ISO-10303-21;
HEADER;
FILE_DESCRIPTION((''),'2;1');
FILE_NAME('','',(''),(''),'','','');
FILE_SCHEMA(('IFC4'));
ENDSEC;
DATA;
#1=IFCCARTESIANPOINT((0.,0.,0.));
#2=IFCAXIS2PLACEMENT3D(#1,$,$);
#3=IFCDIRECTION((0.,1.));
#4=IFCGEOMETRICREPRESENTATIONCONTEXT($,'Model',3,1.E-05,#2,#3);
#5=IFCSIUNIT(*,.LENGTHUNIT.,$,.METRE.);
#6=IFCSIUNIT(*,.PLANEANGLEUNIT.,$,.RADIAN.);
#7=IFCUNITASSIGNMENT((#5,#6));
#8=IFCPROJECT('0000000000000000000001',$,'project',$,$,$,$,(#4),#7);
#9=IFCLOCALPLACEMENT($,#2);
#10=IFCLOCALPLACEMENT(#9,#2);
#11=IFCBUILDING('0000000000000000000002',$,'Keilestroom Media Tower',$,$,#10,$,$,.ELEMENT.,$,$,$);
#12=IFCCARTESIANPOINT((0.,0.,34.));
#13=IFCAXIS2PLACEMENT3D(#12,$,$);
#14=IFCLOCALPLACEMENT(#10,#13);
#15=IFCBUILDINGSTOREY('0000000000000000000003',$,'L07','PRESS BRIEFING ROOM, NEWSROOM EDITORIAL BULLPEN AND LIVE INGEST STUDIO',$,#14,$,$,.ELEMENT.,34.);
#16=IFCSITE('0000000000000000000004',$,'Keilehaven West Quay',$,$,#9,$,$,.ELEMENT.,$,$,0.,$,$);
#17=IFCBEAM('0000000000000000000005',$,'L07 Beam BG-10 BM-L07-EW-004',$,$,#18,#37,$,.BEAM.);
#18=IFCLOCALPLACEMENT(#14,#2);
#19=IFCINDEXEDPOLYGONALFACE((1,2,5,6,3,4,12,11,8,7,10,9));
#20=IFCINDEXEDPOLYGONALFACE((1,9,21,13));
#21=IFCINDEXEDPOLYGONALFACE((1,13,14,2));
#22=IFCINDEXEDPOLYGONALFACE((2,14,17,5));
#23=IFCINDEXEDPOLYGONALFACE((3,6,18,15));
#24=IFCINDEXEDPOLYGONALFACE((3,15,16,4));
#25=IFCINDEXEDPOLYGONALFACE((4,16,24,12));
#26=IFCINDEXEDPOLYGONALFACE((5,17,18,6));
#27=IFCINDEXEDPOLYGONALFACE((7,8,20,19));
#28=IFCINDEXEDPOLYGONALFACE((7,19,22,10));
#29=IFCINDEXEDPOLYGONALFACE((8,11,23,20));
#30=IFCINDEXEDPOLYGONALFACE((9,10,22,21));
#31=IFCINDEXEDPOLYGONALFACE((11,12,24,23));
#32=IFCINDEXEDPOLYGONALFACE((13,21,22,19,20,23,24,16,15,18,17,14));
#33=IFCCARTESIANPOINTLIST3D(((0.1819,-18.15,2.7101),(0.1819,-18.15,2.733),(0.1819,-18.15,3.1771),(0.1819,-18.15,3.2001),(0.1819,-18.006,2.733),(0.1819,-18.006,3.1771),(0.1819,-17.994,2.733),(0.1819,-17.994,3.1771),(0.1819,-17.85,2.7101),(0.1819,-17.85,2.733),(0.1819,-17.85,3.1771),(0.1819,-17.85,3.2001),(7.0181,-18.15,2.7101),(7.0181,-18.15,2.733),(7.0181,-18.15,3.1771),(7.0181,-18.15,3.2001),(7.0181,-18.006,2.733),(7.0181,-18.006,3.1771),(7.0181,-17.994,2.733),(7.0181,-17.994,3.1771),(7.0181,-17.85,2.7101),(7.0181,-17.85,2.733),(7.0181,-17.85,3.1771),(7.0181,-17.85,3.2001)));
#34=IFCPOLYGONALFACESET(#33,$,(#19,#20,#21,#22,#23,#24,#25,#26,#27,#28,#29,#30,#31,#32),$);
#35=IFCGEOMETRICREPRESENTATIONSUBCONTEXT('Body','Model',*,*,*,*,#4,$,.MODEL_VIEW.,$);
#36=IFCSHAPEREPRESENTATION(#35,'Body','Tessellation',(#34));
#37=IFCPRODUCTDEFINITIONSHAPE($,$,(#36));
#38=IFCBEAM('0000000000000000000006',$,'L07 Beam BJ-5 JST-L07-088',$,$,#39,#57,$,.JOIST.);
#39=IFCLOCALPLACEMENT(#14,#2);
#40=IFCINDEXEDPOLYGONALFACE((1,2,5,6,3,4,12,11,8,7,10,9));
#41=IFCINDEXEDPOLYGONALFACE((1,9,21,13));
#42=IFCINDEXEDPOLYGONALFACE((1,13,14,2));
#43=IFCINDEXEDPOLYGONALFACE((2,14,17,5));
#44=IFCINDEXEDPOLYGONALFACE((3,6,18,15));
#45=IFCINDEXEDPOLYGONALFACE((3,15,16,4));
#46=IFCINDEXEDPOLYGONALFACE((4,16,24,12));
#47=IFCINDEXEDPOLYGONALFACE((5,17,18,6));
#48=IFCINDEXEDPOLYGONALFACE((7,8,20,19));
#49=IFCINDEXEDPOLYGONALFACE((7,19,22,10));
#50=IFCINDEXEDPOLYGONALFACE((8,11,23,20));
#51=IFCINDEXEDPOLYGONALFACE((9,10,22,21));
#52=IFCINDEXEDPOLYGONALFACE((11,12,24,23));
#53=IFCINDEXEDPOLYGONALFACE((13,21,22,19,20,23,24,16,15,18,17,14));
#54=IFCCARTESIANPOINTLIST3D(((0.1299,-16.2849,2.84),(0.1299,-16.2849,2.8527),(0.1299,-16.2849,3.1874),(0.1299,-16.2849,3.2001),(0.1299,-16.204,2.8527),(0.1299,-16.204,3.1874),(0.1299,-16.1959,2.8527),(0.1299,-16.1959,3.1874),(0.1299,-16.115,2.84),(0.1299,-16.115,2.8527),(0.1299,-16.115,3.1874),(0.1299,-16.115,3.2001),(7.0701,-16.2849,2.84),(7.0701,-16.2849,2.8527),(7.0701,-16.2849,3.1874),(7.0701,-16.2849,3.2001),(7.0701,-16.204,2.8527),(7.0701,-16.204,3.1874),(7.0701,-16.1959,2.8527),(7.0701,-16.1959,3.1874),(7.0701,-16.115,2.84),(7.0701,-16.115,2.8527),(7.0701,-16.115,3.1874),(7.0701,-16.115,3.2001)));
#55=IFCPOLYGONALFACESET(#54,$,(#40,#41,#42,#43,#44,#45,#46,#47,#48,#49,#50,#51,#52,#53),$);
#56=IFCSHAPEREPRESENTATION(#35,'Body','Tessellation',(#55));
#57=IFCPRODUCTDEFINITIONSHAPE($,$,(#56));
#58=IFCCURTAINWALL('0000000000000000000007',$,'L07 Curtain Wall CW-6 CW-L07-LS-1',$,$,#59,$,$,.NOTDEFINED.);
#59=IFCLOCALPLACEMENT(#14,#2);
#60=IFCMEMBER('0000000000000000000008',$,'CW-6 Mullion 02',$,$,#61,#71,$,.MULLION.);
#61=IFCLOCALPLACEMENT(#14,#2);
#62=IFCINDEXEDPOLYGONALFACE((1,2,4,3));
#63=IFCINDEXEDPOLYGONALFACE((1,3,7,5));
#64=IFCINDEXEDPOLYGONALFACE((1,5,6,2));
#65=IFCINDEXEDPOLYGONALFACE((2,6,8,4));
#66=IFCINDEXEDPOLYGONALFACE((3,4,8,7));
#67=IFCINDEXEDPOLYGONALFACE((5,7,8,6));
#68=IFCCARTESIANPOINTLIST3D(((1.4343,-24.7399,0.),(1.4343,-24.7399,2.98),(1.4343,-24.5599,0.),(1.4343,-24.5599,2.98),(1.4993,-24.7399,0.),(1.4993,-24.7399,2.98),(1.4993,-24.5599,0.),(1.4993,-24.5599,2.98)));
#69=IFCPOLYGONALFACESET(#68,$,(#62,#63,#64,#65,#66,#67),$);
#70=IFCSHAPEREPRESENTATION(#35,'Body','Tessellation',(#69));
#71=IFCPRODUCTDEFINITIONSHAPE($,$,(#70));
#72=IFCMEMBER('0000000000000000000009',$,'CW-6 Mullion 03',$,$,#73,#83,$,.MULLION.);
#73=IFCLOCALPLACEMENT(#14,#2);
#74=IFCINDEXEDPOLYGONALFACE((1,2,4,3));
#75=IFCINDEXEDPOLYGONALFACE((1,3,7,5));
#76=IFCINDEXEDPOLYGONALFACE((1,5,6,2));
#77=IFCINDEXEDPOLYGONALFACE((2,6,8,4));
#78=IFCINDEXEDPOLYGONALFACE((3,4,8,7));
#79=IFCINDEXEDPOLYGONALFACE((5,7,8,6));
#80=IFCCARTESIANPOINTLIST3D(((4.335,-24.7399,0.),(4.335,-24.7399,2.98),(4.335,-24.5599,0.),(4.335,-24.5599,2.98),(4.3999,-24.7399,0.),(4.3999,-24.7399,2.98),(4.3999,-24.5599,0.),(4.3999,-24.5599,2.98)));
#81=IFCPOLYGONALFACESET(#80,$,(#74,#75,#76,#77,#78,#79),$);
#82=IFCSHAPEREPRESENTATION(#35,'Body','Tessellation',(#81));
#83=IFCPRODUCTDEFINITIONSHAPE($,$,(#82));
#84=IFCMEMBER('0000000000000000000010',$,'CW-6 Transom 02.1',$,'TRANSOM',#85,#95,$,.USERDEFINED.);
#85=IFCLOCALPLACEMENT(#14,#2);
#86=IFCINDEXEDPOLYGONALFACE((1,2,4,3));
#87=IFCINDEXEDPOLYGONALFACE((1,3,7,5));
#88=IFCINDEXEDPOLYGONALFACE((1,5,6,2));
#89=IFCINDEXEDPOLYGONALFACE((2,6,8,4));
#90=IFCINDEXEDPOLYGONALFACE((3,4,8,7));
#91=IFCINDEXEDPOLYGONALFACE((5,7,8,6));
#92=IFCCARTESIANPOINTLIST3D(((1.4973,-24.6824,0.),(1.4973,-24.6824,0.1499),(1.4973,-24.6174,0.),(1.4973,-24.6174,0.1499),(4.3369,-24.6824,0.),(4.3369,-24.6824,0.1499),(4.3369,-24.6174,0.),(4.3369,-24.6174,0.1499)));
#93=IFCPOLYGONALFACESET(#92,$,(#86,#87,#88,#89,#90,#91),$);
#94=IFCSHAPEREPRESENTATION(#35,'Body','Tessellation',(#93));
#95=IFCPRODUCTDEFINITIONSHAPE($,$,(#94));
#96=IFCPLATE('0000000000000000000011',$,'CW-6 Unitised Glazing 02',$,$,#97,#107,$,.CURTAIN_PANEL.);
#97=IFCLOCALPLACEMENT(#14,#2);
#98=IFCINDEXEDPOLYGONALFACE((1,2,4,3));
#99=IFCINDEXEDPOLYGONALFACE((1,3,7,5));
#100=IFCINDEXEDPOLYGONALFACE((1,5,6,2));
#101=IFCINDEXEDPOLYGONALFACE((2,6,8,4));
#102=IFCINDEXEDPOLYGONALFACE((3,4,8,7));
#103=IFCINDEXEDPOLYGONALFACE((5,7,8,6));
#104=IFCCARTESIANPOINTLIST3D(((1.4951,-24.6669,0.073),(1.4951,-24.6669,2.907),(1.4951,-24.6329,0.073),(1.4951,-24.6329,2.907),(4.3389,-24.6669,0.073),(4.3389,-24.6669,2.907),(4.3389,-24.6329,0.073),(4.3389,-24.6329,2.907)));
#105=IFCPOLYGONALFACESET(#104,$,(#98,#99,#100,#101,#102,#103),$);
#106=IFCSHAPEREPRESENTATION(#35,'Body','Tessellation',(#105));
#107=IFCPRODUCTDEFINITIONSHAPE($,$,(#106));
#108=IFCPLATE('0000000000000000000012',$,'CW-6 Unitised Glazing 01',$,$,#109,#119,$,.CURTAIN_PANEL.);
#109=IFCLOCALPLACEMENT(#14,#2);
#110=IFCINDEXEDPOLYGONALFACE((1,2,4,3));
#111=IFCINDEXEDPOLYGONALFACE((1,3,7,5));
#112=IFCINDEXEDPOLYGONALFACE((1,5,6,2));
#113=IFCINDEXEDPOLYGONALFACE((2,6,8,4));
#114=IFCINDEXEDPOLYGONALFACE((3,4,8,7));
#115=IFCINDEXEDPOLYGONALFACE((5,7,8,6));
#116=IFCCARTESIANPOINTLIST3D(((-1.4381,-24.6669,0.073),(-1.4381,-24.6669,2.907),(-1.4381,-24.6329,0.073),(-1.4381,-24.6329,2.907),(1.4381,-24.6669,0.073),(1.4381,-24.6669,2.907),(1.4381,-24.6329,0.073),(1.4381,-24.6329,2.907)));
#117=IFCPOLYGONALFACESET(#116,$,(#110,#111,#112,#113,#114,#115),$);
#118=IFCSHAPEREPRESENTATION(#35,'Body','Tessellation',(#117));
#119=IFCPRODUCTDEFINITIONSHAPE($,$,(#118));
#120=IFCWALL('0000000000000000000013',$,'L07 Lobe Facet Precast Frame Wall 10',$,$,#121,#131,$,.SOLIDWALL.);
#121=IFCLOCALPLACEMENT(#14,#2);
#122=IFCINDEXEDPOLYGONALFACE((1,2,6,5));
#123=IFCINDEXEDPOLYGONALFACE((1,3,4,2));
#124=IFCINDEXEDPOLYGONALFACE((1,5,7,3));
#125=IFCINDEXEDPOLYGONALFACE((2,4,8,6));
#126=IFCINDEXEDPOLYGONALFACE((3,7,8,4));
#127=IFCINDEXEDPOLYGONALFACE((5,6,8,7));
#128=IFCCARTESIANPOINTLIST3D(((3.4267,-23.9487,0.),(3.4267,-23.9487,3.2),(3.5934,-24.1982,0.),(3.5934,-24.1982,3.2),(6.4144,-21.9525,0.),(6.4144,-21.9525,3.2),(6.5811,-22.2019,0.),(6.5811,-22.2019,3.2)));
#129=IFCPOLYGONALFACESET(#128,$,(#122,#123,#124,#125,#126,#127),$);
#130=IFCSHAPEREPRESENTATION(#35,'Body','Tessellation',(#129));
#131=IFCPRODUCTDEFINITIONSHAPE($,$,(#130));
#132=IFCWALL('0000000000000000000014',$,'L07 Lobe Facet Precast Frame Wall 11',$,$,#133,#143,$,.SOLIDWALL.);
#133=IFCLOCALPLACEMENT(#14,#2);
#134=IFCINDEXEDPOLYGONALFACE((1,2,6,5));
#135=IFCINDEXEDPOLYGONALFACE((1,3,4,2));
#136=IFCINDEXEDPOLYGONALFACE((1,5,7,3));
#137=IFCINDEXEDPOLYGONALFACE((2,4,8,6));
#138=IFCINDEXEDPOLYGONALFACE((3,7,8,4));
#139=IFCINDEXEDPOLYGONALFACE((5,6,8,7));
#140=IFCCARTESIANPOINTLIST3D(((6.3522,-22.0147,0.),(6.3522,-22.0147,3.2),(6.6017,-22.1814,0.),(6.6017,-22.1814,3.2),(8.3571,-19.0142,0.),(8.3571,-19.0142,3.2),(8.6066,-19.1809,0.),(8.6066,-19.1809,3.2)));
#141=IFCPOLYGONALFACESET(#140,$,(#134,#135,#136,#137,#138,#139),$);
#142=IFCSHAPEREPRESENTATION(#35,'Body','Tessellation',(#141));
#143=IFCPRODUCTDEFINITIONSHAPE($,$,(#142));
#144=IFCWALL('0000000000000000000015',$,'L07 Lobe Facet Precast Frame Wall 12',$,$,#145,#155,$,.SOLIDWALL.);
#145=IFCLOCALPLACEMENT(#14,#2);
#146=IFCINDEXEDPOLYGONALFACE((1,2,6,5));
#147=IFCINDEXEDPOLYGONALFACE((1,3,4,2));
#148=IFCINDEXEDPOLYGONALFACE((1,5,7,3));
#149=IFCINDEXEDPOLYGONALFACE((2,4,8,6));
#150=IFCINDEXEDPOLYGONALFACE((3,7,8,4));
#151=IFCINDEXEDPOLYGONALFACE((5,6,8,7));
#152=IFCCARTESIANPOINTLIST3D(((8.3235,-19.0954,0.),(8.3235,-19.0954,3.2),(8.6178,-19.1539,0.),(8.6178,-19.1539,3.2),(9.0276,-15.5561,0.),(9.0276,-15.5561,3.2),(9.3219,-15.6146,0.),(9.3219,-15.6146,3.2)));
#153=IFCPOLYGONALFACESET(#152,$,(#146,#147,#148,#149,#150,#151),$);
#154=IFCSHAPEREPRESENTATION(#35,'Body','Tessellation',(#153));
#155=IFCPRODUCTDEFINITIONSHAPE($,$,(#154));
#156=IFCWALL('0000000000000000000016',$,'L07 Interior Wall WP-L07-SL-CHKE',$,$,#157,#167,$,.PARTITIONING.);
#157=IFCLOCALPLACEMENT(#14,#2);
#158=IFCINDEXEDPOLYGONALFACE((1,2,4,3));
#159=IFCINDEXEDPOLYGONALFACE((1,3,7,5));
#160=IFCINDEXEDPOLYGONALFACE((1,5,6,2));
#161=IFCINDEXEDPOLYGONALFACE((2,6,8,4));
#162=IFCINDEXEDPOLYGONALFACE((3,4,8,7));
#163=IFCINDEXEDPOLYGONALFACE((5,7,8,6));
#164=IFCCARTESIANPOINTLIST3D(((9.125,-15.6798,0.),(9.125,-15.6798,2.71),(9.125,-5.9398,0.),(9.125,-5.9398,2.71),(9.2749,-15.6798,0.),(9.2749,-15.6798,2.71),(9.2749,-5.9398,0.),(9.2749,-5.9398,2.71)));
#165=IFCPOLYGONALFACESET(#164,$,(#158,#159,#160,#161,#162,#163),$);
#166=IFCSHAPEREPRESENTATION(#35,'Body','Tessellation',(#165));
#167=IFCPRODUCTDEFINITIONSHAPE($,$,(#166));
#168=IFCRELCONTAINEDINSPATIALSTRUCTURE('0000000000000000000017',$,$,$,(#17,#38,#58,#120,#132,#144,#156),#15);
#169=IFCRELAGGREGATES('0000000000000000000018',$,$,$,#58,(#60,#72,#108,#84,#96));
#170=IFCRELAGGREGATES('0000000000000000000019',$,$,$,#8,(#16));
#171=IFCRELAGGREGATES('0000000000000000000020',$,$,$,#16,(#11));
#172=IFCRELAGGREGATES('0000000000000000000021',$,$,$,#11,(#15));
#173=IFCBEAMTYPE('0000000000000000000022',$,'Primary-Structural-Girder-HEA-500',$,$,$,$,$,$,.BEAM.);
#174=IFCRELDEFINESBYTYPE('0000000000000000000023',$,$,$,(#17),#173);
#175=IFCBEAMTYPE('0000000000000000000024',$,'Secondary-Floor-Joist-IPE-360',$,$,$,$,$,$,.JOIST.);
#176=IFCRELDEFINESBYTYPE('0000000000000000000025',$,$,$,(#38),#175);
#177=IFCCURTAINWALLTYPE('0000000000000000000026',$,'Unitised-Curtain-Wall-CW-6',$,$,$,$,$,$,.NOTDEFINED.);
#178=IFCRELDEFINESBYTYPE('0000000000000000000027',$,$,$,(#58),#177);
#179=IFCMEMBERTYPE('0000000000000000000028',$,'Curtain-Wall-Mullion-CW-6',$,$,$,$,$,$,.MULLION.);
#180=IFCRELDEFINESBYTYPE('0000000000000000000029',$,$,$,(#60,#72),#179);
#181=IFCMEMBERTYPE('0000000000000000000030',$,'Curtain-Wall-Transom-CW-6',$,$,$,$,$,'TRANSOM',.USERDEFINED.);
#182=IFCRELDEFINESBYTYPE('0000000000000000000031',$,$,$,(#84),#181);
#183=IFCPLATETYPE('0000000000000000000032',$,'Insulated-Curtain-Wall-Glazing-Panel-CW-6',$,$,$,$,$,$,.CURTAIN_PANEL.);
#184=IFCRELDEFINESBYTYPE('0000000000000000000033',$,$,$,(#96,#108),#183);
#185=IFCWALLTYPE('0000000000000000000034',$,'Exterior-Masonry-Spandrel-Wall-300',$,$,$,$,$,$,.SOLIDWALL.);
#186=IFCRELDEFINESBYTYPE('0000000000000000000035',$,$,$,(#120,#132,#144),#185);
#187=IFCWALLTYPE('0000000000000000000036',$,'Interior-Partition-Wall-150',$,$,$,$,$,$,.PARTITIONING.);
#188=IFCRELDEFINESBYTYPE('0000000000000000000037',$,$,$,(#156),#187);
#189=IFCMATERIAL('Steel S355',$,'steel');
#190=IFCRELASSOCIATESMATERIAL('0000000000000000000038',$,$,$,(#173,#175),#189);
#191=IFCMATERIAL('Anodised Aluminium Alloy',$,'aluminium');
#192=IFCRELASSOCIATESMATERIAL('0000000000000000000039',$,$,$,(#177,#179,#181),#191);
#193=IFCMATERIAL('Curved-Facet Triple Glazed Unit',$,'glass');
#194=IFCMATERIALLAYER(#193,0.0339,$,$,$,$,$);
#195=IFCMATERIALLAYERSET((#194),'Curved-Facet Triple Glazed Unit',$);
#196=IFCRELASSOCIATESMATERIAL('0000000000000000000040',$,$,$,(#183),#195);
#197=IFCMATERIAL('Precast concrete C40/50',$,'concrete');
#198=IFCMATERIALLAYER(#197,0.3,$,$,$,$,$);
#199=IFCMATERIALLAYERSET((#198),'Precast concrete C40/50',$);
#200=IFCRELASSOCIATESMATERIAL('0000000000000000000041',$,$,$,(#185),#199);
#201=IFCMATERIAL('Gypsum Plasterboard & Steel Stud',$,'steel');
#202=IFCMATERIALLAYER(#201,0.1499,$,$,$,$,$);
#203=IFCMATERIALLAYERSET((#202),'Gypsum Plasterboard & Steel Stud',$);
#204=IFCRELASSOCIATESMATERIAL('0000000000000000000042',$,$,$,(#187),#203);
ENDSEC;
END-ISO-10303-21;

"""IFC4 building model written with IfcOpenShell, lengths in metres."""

from ifc_helpers import new_model, si_unit, direction, frame, frame_2d, origin, origin_2d, place, context, subcontext, project, spatial, rectangle, i_section, extrude, source, transform, mapped, material, layer, layer_set, material_profile, profile_set, type_object, element, aggregate, save


model = new_model("IFC4")

# Units and contexts
model_context = context("Model", 3, precision=1e-05, world=origin(), true_north=direction((0.0, 1.0)))
body_context = subcontext(model_context, "Body", "Model", "MODEL_VIEW")
ifc_project = project(units=[si_unit("LENGTHUNIT", "METRE"), si_unit("PLANEANGLEUNIT", "RADIAN")], contexts=[model_context])

# Site, building, storey
site_placement = place(None, origin())
site = spatial("IfcSite", under=ifc_project, at=site_placement, Name="Keilehaven West Quay", CompositionType="ELEMENT", RefElevation=0.0)
building_placement = place(site_placement, origin())
building = spatial("IfcBuilding", under=site, at=building_placement, Name="Keilestroom Media Tower", CompositionType="ELEMENT")
storey_placement = place(building_placement, frame((0.0, 0.0, 34.0)))
storey = spatial("IfcBuildingStorey", under=building, at=storey_placement, Name="L07", Description="PRESS BRIEFING ROOM, NEWSROOM EDITORIAL BULLPEN AND LIVE INGEST STUDIO", CompositionType="ELEMENT", Elevation=34.0)

# Beams
ifc_material_1 = material(Name="Steel S355", Category="steel")
ifc_material_profile_1 = material_profile(ifc_material_1, i_section(OverallWidth=0.3, OverallDepth=0.49, WebThickness=0.012, FlangeThickness=0.0229, at=origin_2d()), Name="HEA 500")
ifc_profile_set_1 = profile_set([ifc_material_profile_1], Name="Steel S355")
beam_type_1 = type_object("IfcBeamType", Name="Primary-Structural-Girder-HEA-500", PredefinedType="BEAM", material=ifc_profile_set_1)
shared_shape_1 = source(origin(), body_context, "Body", "SweptSolid", [
    extrude(i_section(OverallWidth=0.3, OverallDepth=0.49, WebThickness=0.012, FlangeThickness=0.0229, at=origin_2d()), origin(), (0.0, 0.0, 1.0), 6.8362),
])
beam_1_placement = place(storey_placement, frame((0.1819, -18.0, 2.9551), z_axis=(1.0, 0.0, 0.0), x_axis=(0.0, 1.0, 0.0)))
element("IfcBeam", 1, at=beam_1_placement, inside=storey, type_object=beam_type_1, Name="L07 Beam BG-10 BM-L07-EW-004", PredefinedType="BEAM", context=body_context, shape_type="MappedRepresentation", body=[
    mapped(shared_shape_1, transform((0.0, 0.0, 0.0), x_axis=(1.0, 0.0, 0.0), y_axis=(0.0, 1.0, 0.0), z_axis=(0.0, 0.0, 1.0), scale=1.0)),
])
ifc_material_profile_2 = material_profile(ifc_material_1, i_section(OverallWidth=0.1699, OverallDepth=0.3601, WebThickness=0.0081, FlangeThickness=0.0127, at=origin_2d()), Name="IPE 360")
ifc_profile_set_2 = profile_set([ifc_material_profile_2], Name="Steel S355")
beam_type_2 = type_object("IfcBeamType", Name="Secondary-Floor-Joist-IPE-360", PredefinedType="JOIST", material=ifc_profile_set_2)
shared_shape_2 = source(origin(), body_context, "Body", "SweptSolid", [
    extrude(i_section(OverallWidth=0.1699, OverallDepth=0.3601, WebThickness=0.0081, FlangeThickness=0.0127, at=origin_2d()), origin(), (0.0, 0.0, 1.0), 6.9402),
])
beam_2_placement = place(storey_placement, frame((0.1299, -16.2, 3.02), z_axis=(1.0, 0.0, 0.0), x_axis=(0.0, 1.0, 0.0)))
element("IfcBeam", 2, at=beam_2_placement, inside=storey, type_object=beam_type_2, Name="L07 Beam BJ-5 JST-L07-088", PredefinedType="JOIST", context=body_context, shape_type="MappedRepresentation", body=[
    mapped(shared_shape_2, transform((0.0, 0.0, 0.0), x_axis=(1.0, 0.0, 0.0), y_axis=(0.0, 1.0, 0.0), z_axis=(0.0, 0.0, 1.0), scale=1.0)),
])

# Curtain wall, members, plates
ifc_material_2 = material(Name="Anodised Aluminium Alloy", Category="aluminium")
curtain_wall_type = type_object("IfcCurtainWallType", Name="Unitised-Curtain-Wall-CW-6", PredefinedType="NOTDEFINED", material=ifc_material_2)
curtain_wall_placement = place(storey_placement, origin())
curtain_wall = element("IfcCurtainWall", 3, at=curtain_wall_placement, inside=storey, type_object=curtain_wall_type, Name="L07 Curtain Wall CW-6 CW-L07-LS-1", PredefinedType="NOTDEFINED")
ifc_material_profile_3 = material_profile(ifc_material_2, rectangle(XDim=0.0649, YDim=0.1799, at=origin_2d()), Name="ALU MULLION 65x180")
ifc_profile_set_3 = profile_set([ifc_material_profile_3], Name="Anodised Aluminium Alloy")
member_type_1 = type_object("IfcMemberType", Name="Curtain-Wall-Mullion-CW-6", PredefinedType="MULLION", material=ifc_profile_set_3)
shared_shape_3 = source(origin(), body_context, "Body", "SweptSolid", [
    extrude(rectangle(XDim=0.0649, YDim=0.1799, at=origin_2d()), origin(), (0.0, 0.0, 1.0), 2.98),
])
member_1_placement = place(storey_placement, frame((1.4668, -24.6499, 0.0), z_axis=(0.0, 0.0, 1.0), x_axis=(1.0, 0.0, 0.0)))
member_1 = element("IfcMember", 4, at=member_1_placement, type_object=member_type_1, Name="CW-6 Mullion 02", PredefinedType="MULLION", context=body_context, shape_type="MappedRepresentation", body=[
    mapped(shared_shape_3, transform((0.0, 0.0, 0.0), x_axis=(1.0, 0.0, 0.0), y_axis=(0.0, 1.0, 0.0), z_axis=(0.0, 0.0, 1.0), scale=1.0)),
])
member_2_placement = place(storey_placement, frame((4.3674, -24.6499, 0.0), z_axis=(0.0, 0.0, 1.0), x_axis=(1.0, 0.0, 0.0)))
member_2 = element("IfcMember", 5, at=member_2_placement, type_object=member_type_1, Name="CW-6 Mullion 03", PredefinedType="MULLION", context=body_context, shape_type="MappedRepresentation", body=[
    mapped(shared_shape_3, transform((0.0, 0.0, 0.0), x_axis=(1.0, 0.0, 0.0), y_axis=(0.0, 1.0, 0.0), z_axis=(0.0, 0.0, 1.0), scale=1.0)),
])
ifc_material_profile_4 = material_profile(ifc_material_2, rectangle(XDim=0.0649, YDim=0.1499, at=origin_2d()), Name="ALU TRANSOM 65x150")
ifc_profile_set_4 = profile_set([ifc_material_profile_4], Name="Anodised Aluminium Alloy")
member_type_2 = type_object("IfcMemberType", Name="Curtain-Wall-Transom-CW-6", ElementType="TRANSOM", PredefinedType="USERDEFINED", material=ifc_profile_set_4)
shared_shape_4 = source(origin(), body_context, "Body", "SweptSolid", [
    extrude(rectangle(XDim=0.0649, YDim=0.1499, at=origin_2d()), origin(), (0.0, 0.0, 1.0), 2.8396),
])
member_3_placement = place(storey_placement, frame((1.4973, -24.6499, 0.075), z_axis=(1.0, 0.0, 0.0), x_axis=(0.0, 1.0, 0.0)))
member_3 = element("IfcMember", 6, at=member_3_placement, type_object=member_type_2, Name="CW-6 Transom 02.1", ObjectType="TRANSOM", PredefinedType="USERDEFINED", context=body_context, shape_type="MappedRepresentation", body=[
    mapped(shared_shape_4, transform((0.0, 0.0, 0.0), x_axis=(1.0, 0.0, 0.0), y_axis=(0.0, 1.0, 0.0), z_axis=(0.0, 0.0, 1.0), scale=1.0)),
])
ifc_material_3 = material(Name="Curved-Facet Triple Glazed Unit", Category="glass")
ifc_layer_1 = layer(ifc_material_3, 0.0339)
ifc_layer_set_1 = layer_set([ifc_layer_1], Name="Curved-Facet Triple Glazed Unit")
plate_type = type_object("IfcPlateType", Name="Insulated-Curtain-Wall-Glazing-Panel-CW-6", PredefinedType="CURTAIN_PANEL", material=ifc_layer_set_1)
shared_shape_5 = source(origin(), body_context, "Body", "SweptSolid", [
    extrude(rectangle(XDim=2.8438, YDim=0.0339, at=origin_2d()), origin(), (0.0, 0.0, 1.0), 2.834),
])
plate_1_placement = place(storey_placement, frame((2.917, -24.6499, 0.073), z_axis=(0.0, 0.0, 1.0), x_axis=(1.0, 0.0, 0.0)))
plate_1 = element("IfcPlate", 7, at=plate_1_placement, type_object=plate_type, Name="CW-6 Unitised Glazing 02", PredefinedType="CURTAIN_PANEL", context=body_context, shape_type="MappedRepresentation", body=[
    mapped(shared_shape_5, transform((0.0, 0.0, 0.0), x_axis=(1.0, 0.0, 0.0), y_axis=(0.0, 1.0, 0.0), z_axis=(0.0, 0.0, 1.0), scale=1.0)),
])
shared_shape_6 = source(origin(), body_context, "Body", "SweptSolid", [
    extrude(rectangle(XDim=2.8762, YDim=0.0339, at=origin_2d()), origin(), (0.0, 0.0, 1.0), 2.834),
])
plate_2_placement = place(storey_placement, frame((0.0, -24.6499, 0.073), z_axis=(0.0, 0.0, 1.0), x_axis=(1.0, 0.0, 0.0)))
plate_2 = element("IfcPlate", 8, at=plate_2_placement, type_object=plate_type, Name="CW-6 Unitised Glazing 01", PredefinedType="CURTAIN_PANEL", context=body_context, shape_type="MappedRepresentation", body=[
    mapped(shared_shape_6, transform((0.0, 0.0, 0.0), x_axis=(1.0, 0.0, 0.0), y_axis=(0.0, 1.0, 0.0), z_axis=(0.0, 0.0, 1.0), scale=1.0)),
])
aggregate(curtain_wall, [member_1, member_2, plate_2, member_3, plate_1])

# Walls
ifc_material_4 = material(Name="Precast concrete C40/50", Category="concrete")
ifc_layer_2 = layer(ifc_material_4, 0.3)
ifc_layer_set_2 = layer_set([ifc_layer_2], Name="Precast concrete C40/50")
wall_type_1 = type_object("IfcWallType", Name="Exterior-Masonry-Spandrel-Wall-300", PredefinedType="SOLIDWALL", material=ifc_layer_set_2)
wall_1_placement = place(storey_placement, frame((3.51, -24.0735, 0.0), z_axis=(0.0, 0.0, 1.0), x_axis=(0.831475, 0.555562, 0.0)))
element("IfcWall", 9, at=wall_1_placement, inside=storey, type_object=wall_type_1, Name="L07 Lobe Facet Precast Frame Wall 10", PredefinedType="SOLIDWALL", context=body_context, shape_type="SweptSolid", body=[
    extrude(rectangle(XDim=3.5933, YDim=0.3, at=frame_2d((1.7966, 0.0))), origin(), (0.0, 0.0, 1.0), 3.2),
])
for number, where, z_axis, x_axis, name in (
    (10, (6.4771, -22.0979, 0.0), (0.0, 0.0, 1.0), (0.555574, 0.831467, 0.0), "L07 Lobe Facet Precast Frame Wall 11"),
    (11, (8.4707, -19.1245, 0.0), (0.0, 0.0, 1.0), (0.195114, 0.980781, 0.0), "L07 Lobe Facet Precast Frame Wall 12"),
):
    element("IfcWall", number, at=place(storey_placement, frame(where, z_axis=z_axis, x_axis=x_axis)), inside=storey, type_object=wall_type_1, Name=name, PredefinedType="SOLIDWALL", context=body_context, shape_type="SweptSolid", body=[
        extrude(rectangle(XDim=3.6086, YDim=0.3, at=frame_2d((1.8042, 0.0))), origin(), (0.0, 0.0, 1.0), 3.2),
    ])
ifc_material_5 = material(Name="Gypsum Plasterboard & Steel Stud", Category="steel")
ifc_layer_3 = layer(ifc_material_5, 0.1499)
ifc_layer_set_3 = layer_set([ifc_layer_3], Name="Gypsum Plasterboard & Steel Stud")
wall_type_2 = type_object("IfcWallType", Name="Interior-Partition-Wall-150", PredefinedType="PARTITIONING", material=ifc_layer_set_3)
wall_2_placement = place(storey_placement, frame((9.2, -15.6799, 0.0), z_axis=(0.0, 0.0, 1.0), x_axis=(0.0, 1.0, 0.0)))
element("IfcWall", 12, at=wall_2_placement, inside=storey, type_object=wall_type_2, Name="L07 Interior Wall WP-L07-SL-CHKE", PredefinedType="PARTITIONING", context=body_context, shape_type="SweptSolid", body=[
    extrude(rectangle(XDim=9.74, YDim=0.1499, at=frame_2d((4.8701, 0.0))), origin(), (0.0, 0.0, 1.0), 2.71),
])

save(model, "model.ifc")
